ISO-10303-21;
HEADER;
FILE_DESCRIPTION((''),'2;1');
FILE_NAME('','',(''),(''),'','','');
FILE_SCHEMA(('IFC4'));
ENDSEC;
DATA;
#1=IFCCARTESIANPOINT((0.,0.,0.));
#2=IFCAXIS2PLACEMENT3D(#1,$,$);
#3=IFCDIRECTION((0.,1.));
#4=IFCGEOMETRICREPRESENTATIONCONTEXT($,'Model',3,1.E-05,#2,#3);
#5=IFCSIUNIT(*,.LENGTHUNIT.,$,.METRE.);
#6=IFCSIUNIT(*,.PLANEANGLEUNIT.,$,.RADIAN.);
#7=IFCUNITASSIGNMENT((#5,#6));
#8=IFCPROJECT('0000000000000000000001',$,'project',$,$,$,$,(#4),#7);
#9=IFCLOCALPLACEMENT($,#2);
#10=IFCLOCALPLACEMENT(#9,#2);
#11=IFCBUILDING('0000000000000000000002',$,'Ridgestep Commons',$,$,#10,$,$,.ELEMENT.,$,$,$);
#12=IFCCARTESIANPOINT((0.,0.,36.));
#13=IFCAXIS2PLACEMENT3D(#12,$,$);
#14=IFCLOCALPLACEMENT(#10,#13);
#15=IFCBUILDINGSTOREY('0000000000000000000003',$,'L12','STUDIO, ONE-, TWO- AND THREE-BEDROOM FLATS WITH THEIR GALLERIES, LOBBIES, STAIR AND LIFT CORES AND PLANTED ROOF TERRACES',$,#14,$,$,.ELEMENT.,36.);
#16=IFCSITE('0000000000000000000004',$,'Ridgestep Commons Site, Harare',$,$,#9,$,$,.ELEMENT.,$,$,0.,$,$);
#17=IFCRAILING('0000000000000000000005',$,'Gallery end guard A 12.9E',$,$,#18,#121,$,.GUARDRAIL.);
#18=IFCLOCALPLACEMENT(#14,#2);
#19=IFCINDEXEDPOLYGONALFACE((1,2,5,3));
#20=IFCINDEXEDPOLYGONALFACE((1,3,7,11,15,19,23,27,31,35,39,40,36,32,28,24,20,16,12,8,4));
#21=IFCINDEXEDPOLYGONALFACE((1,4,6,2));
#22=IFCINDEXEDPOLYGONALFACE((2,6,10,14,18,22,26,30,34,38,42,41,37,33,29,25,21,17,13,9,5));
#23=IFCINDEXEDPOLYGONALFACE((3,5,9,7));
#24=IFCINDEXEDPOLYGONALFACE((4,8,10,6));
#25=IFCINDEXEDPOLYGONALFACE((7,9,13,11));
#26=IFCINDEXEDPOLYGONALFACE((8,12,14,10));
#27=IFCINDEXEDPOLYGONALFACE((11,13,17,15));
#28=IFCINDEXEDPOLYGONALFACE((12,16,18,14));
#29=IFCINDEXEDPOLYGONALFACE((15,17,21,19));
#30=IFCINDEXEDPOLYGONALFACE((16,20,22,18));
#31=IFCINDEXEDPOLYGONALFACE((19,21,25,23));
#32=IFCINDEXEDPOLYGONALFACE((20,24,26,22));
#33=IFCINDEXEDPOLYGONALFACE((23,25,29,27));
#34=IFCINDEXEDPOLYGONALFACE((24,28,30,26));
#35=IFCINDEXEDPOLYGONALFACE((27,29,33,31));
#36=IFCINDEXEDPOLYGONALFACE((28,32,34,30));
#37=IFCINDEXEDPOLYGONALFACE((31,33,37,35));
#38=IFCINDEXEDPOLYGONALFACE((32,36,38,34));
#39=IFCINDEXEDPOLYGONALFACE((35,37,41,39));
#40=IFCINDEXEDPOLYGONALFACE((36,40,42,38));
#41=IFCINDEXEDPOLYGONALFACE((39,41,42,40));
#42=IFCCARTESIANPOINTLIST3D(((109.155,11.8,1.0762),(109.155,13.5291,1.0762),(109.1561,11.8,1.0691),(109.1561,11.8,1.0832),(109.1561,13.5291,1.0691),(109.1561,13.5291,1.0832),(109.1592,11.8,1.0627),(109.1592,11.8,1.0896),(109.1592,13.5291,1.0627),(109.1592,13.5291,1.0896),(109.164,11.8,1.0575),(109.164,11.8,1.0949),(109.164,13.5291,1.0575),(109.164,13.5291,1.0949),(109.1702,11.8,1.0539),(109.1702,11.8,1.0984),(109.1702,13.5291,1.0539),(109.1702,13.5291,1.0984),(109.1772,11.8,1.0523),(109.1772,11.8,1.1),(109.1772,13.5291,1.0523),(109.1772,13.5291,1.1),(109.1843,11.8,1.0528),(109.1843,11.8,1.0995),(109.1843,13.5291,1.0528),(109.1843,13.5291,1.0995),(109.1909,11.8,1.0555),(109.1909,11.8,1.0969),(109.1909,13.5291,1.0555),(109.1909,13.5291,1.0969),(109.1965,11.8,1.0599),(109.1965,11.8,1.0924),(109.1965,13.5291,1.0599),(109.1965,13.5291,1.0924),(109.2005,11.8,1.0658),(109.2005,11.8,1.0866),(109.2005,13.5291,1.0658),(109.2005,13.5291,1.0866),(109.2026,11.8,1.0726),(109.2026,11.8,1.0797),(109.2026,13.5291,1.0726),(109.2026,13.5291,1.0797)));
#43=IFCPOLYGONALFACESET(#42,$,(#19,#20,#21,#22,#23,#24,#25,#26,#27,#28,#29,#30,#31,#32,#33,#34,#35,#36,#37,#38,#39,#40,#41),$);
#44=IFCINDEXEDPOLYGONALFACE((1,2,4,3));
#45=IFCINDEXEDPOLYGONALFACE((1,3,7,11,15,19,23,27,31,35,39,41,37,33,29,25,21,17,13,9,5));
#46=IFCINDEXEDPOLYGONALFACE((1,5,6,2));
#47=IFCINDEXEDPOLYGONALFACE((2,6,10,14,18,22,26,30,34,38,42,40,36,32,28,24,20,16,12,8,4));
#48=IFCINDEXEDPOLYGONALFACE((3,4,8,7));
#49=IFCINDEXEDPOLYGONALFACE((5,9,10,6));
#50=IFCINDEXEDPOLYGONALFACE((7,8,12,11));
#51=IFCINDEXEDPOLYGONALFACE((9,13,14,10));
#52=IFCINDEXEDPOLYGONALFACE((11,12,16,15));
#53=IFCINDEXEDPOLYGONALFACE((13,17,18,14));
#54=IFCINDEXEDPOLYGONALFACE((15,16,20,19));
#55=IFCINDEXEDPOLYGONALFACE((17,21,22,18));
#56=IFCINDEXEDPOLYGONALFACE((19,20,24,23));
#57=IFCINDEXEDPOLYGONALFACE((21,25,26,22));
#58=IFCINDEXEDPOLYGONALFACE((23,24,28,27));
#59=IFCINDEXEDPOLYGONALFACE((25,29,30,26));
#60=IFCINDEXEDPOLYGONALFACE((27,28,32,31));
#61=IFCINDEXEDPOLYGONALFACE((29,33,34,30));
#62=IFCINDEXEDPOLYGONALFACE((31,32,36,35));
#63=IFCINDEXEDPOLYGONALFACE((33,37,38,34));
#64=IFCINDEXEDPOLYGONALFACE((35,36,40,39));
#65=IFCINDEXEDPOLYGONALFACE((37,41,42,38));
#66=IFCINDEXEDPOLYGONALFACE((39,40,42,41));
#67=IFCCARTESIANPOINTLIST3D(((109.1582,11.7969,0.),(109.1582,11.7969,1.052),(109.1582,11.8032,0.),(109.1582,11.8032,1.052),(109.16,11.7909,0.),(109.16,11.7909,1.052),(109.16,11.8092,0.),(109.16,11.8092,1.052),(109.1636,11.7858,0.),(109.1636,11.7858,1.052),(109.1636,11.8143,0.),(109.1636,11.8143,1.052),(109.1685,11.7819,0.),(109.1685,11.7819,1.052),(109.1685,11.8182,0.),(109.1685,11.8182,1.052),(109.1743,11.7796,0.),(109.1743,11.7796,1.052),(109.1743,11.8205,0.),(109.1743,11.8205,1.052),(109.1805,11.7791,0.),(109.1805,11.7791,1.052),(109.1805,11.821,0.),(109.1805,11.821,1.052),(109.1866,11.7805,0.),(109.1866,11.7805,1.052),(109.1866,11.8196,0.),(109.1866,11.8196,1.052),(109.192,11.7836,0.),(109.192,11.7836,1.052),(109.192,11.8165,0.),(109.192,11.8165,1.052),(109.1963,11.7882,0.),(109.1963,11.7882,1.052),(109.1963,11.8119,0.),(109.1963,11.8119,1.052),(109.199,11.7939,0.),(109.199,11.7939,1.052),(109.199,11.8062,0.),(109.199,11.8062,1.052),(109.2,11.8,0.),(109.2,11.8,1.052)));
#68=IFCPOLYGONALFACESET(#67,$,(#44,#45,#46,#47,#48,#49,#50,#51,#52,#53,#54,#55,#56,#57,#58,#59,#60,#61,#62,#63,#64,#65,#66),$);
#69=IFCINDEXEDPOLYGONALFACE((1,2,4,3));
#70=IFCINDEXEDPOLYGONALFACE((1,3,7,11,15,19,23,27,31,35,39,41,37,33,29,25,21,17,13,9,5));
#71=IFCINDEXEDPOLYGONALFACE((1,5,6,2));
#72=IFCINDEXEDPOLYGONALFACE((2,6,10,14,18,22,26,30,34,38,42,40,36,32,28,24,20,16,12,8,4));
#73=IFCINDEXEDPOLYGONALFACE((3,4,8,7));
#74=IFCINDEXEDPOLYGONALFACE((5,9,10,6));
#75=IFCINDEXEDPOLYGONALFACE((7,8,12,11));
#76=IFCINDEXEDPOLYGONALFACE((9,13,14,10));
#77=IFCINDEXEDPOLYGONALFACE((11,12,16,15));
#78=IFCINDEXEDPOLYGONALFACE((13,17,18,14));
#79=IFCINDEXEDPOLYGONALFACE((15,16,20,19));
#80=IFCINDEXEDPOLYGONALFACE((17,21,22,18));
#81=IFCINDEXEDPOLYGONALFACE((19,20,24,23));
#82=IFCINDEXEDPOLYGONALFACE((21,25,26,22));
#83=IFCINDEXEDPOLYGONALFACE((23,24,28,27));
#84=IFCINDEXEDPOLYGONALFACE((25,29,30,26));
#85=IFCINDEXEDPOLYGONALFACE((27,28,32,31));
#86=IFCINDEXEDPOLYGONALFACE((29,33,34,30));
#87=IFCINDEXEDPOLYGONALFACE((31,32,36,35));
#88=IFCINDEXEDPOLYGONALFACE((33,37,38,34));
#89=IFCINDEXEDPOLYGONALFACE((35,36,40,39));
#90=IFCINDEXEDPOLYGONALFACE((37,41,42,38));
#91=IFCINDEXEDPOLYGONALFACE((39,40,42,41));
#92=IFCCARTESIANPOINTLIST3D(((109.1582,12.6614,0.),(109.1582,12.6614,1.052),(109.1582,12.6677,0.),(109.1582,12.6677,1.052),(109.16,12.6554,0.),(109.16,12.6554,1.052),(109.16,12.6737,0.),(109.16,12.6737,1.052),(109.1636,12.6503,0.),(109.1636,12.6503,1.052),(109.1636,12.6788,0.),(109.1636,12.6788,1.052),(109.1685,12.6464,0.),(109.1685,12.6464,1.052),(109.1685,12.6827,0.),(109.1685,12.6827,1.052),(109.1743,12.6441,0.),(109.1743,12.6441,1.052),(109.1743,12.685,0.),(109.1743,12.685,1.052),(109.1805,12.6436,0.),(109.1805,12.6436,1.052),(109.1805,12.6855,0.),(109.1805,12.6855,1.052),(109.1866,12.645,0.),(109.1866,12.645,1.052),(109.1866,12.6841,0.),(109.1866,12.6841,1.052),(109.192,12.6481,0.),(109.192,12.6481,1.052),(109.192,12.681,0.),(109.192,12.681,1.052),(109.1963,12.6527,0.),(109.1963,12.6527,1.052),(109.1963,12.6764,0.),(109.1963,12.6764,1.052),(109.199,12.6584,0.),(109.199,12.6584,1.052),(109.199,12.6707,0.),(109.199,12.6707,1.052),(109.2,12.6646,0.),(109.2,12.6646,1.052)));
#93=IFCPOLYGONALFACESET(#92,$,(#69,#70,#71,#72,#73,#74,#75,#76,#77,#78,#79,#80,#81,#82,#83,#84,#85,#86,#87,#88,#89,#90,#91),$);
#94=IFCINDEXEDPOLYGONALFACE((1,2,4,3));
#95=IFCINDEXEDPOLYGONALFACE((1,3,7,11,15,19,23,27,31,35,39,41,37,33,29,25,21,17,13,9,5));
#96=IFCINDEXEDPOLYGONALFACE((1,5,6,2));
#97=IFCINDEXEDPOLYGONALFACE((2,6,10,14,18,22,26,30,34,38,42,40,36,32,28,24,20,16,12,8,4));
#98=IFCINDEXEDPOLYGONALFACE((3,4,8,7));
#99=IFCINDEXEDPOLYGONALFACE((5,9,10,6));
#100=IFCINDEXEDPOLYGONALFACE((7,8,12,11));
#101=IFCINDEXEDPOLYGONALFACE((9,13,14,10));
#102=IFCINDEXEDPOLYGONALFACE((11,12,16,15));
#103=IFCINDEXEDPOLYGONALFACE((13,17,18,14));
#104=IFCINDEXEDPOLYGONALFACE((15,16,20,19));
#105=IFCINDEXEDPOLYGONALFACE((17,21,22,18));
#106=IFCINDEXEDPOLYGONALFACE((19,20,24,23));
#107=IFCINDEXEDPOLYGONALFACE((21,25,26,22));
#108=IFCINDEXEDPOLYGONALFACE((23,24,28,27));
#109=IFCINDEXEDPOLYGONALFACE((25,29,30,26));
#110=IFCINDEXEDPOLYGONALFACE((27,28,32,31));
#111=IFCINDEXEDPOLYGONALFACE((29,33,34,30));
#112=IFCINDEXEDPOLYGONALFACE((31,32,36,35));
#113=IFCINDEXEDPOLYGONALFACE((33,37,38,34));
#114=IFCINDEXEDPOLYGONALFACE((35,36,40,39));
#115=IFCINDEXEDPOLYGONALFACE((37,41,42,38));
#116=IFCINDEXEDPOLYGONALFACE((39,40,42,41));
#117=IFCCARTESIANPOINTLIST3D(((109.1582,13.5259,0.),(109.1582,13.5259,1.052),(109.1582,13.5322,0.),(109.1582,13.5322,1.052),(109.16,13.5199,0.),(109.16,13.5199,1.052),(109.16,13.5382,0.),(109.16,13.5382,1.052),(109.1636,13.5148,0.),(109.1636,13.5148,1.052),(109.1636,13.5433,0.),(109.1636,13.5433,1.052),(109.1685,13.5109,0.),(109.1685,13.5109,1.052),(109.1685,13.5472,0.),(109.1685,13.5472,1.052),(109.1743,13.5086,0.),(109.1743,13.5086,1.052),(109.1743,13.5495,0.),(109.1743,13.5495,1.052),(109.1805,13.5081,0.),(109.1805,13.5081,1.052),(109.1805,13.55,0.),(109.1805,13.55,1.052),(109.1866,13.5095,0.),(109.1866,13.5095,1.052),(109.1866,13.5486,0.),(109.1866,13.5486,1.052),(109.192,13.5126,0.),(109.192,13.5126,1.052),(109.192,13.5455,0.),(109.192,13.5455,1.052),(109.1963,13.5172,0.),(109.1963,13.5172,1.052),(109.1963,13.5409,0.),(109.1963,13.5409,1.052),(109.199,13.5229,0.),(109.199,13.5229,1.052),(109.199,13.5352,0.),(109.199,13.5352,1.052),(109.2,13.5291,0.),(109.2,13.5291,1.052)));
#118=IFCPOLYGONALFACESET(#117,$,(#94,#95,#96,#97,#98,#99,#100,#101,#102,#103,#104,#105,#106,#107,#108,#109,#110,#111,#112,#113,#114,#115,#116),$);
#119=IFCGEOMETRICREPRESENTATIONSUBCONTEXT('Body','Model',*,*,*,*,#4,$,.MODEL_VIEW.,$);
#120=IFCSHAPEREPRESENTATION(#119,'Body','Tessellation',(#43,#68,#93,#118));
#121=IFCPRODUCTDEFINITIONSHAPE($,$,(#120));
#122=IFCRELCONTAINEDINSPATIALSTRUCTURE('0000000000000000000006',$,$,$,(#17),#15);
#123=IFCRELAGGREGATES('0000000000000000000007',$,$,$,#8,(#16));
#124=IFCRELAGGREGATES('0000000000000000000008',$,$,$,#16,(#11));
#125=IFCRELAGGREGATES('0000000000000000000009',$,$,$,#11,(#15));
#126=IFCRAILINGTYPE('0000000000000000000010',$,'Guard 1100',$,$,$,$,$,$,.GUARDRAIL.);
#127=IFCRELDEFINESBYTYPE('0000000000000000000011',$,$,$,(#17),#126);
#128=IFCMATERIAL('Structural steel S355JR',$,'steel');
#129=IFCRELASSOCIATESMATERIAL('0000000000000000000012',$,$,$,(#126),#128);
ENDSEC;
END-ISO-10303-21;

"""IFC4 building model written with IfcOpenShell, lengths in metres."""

from ifc_helpers import new_model, si_unit, direction, frame, origin, origin_2d, place, context, subcontext, project, spatial, circle, extrude, material, type_object, element, save


model = new_model("IFC4")

# Units and contexts
model_context = context("Model", 3, precision=1e-05, world=origin(), true_north=direction((0.0, 1.0)))
body_context = subcontext(model_context, "Body", "Model", "MODEL_VIEW")
ifc_project = project(units=[si_unit("LENGTHUNIT", "METRE"), si_unit("PLANEANGLEUNIT", "RADIAN")], contexts=[model_context])

# Site, building, storey
site_placement = place(None, origin())
site = spatial("IfcSite", under=ifc_project, at=site_placement, Name="Ridgestep Commons Site, Harare", CompositionType="ELEMENT", RefElevation=0.0)
building_placement = place(site_placement, origin())
building = spatial("IfcBuilding", under=site, at=building_placement, Name="Ridgestep Commons", CompositionType="ELEMENT")
storey_placement = place(building_placement, frame((0.0, 0.0, 36.0)))
storey = spatial("IfcBuildingStorey", under=building, at=storey_placement, Name="L12", Description="STUDIO, ONE-, TWO- AND THREE-BEDROOM FLATS WITH THEIR GALLERIES, LOBBIES, STAIR AND LIFT CORES AND PLANTED ROOF TERRACES", CompositionType="ELEMENT", Elevation=36.0)

# Railing
ifc_material_1 = material(Name="Structural steel S355JR", Category="steel")
railing_type_1 = type_object("IfcRailingType", Name="Guard 1100", PredefinedType="GUARDRAIL", material=ifc_material_1)
railing_1_placement = place(storey_placement, frame((109.179, 11.8, 0.0)))
element("IfcRailing", 1, at=railing_1_placement, inside=storey, type_object=railing_type_1, Name="Gallery end guard A 12.9E", PredefinedType="GUARDRAIL", context=body_context, shape_type="SweptSolid", body=[
    extrude(circle(Radius=0.0239, at=origin_2d()), frame((0.0, 0.0, 1.0762), z_axis=(0.0, 1.0, 0.0), x_axis=(-1.0, 0.0, 0.0)), (0.0, 0.0, 1.0), 1.729),
    extrude(circle(Radius=0.021, at=origin_2d()), origin(), (0.0, 0.0, 1.0), 1.052),
    extrude(circle(Radius=0.021, at=origin_2d()), frame((0.0, 0.8645, 0.0)), (0.0, 0.0, 1.0), 1.052),
    extrude(circle(Radius=0.021, at=origin_2d()), frame((0.0, 1.729, 0.0)), (0.0, 0.0, 1.0), 1.052),
])

save(model, "model.ifc")
